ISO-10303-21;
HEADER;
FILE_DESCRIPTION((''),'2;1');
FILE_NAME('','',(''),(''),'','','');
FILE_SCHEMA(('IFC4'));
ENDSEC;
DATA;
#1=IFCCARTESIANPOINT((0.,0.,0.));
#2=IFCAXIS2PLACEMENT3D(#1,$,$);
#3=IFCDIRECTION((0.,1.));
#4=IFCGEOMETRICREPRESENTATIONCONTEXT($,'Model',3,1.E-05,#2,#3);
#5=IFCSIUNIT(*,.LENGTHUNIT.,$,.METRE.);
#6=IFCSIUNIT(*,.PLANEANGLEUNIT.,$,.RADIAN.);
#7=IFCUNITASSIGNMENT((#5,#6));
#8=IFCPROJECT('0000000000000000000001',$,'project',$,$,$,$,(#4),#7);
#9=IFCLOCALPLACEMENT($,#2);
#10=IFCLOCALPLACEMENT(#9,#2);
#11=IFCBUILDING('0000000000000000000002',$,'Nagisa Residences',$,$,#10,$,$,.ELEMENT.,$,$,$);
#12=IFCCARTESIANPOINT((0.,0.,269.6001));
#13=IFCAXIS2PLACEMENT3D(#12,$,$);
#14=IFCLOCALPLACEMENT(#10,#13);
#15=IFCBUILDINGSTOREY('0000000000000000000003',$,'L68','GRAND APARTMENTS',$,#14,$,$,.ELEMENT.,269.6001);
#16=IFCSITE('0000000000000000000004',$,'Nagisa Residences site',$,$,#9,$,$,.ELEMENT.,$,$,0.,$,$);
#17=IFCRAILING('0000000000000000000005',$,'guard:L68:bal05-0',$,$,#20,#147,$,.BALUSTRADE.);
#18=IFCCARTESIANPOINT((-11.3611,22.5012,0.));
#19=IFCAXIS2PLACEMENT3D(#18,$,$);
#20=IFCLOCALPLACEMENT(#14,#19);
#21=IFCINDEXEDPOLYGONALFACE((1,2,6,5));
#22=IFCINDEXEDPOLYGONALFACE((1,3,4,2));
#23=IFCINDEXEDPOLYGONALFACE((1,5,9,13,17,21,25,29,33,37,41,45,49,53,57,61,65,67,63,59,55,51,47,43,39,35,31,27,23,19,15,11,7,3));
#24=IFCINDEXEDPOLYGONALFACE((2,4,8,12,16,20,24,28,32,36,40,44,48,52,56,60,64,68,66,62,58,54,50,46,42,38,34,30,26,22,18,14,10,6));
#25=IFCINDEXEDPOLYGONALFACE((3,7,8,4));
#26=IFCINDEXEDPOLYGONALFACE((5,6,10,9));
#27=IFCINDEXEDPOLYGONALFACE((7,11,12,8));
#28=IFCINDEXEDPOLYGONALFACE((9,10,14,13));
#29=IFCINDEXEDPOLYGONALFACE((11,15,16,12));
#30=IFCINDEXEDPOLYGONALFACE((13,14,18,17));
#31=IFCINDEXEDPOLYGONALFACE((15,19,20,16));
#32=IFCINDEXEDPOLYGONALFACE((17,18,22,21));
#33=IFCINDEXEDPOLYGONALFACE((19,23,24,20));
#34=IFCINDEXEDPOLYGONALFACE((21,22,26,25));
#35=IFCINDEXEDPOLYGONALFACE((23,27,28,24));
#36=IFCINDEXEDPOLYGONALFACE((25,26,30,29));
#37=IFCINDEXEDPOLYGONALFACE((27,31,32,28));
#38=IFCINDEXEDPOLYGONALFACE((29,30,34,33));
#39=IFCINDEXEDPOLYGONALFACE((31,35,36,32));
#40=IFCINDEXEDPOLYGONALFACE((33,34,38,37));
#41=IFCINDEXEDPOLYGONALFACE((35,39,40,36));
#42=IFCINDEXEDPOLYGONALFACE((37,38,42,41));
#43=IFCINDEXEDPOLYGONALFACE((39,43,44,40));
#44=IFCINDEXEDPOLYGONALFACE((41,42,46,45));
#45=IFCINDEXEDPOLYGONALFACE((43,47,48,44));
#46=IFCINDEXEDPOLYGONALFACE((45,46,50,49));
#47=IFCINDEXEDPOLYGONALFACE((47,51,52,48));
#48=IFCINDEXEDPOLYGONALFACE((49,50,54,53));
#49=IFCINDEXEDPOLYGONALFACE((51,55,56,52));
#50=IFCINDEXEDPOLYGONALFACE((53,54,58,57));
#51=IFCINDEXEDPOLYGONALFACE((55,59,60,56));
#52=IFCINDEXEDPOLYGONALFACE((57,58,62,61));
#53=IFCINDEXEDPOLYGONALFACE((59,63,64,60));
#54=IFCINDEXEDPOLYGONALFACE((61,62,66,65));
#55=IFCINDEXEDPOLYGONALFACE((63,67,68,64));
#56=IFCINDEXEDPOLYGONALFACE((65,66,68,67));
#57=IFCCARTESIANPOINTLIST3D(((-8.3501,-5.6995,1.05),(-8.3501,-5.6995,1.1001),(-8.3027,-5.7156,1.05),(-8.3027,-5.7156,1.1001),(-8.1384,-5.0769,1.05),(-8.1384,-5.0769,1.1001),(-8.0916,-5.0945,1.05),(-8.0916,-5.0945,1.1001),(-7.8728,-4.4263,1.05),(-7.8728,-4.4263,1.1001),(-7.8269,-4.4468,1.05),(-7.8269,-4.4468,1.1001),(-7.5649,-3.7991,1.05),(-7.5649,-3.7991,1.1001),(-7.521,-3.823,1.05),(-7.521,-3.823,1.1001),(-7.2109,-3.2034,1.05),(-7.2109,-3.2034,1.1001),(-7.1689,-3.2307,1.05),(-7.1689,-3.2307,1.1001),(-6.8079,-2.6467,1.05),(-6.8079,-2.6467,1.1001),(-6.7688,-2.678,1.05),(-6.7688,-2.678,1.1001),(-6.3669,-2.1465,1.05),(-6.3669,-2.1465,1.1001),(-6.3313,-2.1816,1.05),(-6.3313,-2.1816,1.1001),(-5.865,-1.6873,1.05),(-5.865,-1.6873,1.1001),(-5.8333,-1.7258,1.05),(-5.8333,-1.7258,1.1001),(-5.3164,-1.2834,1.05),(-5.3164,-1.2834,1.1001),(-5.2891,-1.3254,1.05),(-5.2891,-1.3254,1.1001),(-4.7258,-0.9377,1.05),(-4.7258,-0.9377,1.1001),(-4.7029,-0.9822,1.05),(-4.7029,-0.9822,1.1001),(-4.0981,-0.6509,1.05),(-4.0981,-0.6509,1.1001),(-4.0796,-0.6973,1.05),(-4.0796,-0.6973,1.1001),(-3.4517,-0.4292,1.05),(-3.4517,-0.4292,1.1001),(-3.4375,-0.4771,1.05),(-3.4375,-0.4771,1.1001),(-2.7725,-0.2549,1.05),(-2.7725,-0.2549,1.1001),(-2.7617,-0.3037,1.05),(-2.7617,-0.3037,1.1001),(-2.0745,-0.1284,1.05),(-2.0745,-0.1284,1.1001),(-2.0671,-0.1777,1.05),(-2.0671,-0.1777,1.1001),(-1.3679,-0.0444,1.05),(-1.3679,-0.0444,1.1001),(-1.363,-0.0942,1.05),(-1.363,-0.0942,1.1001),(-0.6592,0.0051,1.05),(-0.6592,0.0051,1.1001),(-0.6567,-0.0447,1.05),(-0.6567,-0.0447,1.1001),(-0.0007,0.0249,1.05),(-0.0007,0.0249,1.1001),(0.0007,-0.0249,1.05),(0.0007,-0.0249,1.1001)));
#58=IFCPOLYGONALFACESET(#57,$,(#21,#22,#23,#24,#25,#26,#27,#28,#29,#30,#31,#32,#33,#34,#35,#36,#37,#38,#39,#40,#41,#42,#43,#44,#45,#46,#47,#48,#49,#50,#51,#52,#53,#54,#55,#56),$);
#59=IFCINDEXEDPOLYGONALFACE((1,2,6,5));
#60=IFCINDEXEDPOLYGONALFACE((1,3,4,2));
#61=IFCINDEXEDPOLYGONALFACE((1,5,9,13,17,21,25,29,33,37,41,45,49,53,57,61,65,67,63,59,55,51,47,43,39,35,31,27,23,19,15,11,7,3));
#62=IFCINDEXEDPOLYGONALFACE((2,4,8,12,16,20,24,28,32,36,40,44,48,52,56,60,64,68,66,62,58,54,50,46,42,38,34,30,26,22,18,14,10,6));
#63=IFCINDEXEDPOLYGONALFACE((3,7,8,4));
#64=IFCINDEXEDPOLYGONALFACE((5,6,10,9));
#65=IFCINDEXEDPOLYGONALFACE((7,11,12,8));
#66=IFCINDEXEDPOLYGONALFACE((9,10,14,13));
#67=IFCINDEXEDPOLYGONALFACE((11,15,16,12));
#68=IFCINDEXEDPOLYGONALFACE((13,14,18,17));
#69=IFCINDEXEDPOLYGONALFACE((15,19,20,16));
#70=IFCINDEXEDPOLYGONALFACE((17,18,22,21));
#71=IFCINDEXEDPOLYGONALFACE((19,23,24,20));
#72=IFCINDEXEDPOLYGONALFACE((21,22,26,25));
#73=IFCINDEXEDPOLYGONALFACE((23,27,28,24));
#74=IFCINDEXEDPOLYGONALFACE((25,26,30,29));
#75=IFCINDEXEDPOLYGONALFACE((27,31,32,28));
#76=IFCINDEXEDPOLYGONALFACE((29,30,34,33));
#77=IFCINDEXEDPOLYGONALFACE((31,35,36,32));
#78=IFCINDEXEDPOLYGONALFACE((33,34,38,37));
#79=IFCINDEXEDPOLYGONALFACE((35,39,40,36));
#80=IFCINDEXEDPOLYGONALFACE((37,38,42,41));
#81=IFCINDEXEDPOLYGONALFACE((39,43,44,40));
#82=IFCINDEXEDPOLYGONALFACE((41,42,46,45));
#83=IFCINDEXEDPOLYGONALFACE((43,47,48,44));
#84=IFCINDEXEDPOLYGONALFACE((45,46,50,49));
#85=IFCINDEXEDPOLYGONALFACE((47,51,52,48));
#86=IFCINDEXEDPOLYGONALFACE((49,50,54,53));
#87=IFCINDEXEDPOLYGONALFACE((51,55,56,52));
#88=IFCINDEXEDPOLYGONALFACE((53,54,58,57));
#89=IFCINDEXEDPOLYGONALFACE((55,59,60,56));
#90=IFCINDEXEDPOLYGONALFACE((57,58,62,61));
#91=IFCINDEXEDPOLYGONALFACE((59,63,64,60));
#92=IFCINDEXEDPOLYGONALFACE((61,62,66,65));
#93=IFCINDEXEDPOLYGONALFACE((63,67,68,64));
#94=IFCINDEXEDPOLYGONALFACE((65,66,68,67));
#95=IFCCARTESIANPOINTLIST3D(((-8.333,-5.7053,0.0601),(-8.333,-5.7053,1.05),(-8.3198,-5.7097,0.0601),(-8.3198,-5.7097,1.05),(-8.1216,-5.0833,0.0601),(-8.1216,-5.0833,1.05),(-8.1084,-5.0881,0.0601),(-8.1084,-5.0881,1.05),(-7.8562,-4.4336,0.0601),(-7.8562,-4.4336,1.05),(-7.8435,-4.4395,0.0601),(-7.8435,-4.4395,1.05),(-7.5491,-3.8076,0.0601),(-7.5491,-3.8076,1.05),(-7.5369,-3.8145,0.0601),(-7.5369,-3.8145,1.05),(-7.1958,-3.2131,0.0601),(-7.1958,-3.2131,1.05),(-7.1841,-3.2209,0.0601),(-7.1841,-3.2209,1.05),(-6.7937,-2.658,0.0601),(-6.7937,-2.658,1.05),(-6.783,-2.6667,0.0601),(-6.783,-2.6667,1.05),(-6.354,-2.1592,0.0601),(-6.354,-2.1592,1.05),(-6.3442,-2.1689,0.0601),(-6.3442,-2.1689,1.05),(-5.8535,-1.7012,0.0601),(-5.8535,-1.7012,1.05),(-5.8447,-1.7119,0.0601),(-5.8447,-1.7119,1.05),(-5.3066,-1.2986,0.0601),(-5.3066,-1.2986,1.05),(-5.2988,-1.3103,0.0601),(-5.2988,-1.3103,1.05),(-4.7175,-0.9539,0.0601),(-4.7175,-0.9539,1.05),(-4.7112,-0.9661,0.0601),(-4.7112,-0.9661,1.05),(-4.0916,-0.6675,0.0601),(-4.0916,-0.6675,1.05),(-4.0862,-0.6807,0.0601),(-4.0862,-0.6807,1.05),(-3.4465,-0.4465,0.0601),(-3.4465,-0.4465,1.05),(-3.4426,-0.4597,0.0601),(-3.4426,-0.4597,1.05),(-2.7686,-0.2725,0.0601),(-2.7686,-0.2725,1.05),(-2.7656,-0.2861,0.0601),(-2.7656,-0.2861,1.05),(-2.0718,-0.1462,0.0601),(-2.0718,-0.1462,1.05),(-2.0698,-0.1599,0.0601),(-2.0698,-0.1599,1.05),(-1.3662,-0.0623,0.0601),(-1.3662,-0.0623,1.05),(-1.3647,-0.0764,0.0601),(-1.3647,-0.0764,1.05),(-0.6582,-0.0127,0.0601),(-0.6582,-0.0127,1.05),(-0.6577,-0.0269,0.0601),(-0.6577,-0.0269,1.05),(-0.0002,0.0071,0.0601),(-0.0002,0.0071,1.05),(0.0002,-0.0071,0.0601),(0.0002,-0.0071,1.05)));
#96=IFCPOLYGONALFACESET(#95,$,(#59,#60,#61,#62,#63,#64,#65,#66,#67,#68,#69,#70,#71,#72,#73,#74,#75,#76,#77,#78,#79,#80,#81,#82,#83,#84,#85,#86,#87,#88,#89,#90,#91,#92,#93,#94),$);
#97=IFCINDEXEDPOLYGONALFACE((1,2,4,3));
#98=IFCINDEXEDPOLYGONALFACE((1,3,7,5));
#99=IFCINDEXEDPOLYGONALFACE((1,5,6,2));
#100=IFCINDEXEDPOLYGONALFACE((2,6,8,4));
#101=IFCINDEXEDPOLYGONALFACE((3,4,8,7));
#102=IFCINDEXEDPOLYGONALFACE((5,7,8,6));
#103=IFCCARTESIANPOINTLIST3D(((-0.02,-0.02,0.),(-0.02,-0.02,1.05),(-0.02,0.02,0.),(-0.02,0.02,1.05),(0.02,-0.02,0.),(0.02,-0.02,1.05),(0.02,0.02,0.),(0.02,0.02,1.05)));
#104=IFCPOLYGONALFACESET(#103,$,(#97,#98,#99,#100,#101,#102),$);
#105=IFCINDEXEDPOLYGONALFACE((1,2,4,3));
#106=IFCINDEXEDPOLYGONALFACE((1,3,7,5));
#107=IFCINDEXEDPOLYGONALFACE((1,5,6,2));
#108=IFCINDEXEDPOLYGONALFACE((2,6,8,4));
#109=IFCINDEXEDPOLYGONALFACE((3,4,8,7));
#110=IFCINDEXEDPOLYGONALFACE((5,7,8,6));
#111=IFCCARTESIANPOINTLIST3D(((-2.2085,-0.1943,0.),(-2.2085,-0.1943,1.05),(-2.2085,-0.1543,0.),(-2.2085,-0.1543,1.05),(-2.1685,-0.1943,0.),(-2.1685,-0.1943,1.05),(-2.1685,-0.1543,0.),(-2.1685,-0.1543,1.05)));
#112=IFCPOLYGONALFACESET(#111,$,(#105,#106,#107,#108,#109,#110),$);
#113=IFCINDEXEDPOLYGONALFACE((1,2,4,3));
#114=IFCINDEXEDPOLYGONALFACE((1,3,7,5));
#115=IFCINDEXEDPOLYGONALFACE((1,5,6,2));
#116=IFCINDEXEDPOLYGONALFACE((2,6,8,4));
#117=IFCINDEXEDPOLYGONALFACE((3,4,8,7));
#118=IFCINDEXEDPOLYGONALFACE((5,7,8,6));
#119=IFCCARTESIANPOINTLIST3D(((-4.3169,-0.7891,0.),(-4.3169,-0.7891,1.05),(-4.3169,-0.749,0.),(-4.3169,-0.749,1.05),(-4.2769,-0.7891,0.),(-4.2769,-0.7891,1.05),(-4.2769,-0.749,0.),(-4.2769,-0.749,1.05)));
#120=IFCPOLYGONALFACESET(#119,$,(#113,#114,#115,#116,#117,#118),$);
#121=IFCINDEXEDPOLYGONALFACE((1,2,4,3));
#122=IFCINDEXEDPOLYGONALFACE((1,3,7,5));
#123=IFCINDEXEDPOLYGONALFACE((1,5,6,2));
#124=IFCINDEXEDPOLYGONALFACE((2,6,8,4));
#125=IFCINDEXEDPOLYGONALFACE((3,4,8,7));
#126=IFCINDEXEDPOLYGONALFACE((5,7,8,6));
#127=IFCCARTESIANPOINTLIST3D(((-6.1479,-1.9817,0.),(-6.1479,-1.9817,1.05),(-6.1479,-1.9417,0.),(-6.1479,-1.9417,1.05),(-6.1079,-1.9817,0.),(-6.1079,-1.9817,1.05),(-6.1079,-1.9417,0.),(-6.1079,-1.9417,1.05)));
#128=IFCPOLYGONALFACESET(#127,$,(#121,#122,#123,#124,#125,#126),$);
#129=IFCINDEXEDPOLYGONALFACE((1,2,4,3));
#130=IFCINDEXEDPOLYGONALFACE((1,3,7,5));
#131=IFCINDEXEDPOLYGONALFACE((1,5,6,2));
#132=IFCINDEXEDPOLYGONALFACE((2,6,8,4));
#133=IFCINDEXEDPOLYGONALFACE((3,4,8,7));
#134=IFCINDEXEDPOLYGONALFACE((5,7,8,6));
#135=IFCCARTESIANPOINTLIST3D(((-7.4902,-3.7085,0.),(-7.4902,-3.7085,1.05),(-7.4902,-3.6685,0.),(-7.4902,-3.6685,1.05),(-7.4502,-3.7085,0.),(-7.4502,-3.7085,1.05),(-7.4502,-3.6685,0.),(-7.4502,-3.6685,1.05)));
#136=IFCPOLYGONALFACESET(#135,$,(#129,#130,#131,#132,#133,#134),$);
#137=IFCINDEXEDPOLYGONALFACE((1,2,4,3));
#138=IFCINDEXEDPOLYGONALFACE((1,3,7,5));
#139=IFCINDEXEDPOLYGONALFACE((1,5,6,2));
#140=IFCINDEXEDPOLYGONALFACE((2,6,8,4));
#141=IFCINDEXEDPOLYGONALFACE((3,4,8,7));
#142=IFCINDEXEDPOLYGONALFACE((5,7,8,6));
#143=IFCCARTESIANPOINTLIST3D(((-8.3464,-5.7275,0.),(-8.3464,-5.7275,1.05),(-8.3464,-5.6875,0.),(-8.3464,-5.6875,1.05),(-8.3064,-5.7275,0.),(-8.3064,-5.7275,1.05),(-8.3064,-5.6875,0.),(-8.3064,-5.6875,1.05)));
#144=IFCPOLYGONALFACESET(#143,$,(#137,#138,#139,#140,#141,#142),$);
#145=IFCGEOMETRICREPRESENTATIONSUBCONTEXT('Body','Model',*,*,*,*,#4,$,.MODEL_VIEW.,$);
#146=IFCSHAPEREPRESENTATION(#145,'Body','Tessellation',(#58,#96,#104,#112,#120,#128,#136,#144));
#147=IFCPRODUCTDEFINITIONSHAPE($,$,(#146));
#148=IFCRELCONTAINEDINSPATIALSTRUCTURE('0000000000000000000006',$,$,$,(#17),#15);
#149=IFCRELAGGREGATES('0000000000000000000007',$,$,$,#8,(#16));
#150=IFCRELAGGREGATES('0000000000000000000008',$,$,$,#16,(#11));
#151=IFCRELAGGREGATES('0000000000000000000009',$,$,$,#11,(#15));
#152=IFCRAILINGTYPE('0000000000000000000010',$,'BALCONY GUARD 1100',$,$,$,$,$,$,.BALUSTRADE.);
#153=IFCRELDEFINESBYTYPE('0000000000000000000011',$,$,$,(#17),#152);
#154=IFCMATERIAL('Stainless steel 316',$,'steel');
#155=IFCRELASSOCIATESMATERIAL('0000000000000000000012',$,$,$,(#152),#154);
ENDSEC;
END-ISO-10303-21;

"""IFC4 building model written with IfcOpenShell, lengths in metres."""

from ifc_helpers import new_model, si_unit, direction, frame, origin, origin_2d, place, context, subcontext, project, spatial, polyline, rectangle, outline, extrude, material, type_object, element, save


model = new_model("IFC4")

# Units and contexts
model_context = context("Model", 3, precision=1e-05, world=origin(), true_north=direction((0.0, 1.0)))
body_context = subcontext(model_context, "Body", "Model", "MODEL_VIEW")
ifc_project = project(units=[si_unit("LENGTHUNIT", "METRE"), si_unit("PLANEANGLEUNIT", "RADIAN")], contexts=[model_context])

# Site, building, storey
site_placement = place(None, origin())
site = spatial("IfcSite", under=ifc_project, at=site_placement, Name="Nagisa Residences site", CompositionType="ELEMENT", RefElevation=0.0)
building_placement = place(site_placement, origin())
building = spatial("IfcBuilding", under=site, at=building_placement, Name="Nagisa Residences", CompositionType="ELEMENT")
storey_placement = place(building_placement, frame((0.0, 0.0, 269.6001)))
storey = spatial("IfcBuildingStorey", under=building, at=storey_placement, Name="L68", Description="GRAND APARTMENTS", CompositionType="ELEMENT", Elevation=269.6001)

# Railing
ifc_material_1 = material(Name="Stainless steel 316", Category="steel")
railing_type = type_object("IfcRailingType", Name="BALCONY GUARD 1100", PredefinedType="BALUSTRADE", material=ifc_material_1)
railing_1_placement = place(storey_placement, frame((-11.3611, 22.5012, 0.0)))
element("IfcRailing", 1, at=railing_1_placement, inside=storey, type_object=railing_type, Name="guard:L68:bal05-0", PredefinedType="BALUSTRADE", context=body_context, shape_type="SweptSolid", body=[
    extrude(outline(polyline([(-0.6567, -0.0447), (0.0007, -0.0249), (-0.0007, 0.0249), (-0.6592, 0.0051), (-1.3679, -0.0444), (-2.0745, -0.1284), (-2.7725, -0.2549), (-3.4517, -0.4292), (-4.0981, -0.6509), (-4.7258, -0.9377), (-5.3164, -1.2834), (-5.865, -1.6873), (-6.3669, -2.1465), (-6.8079, -2.6467), (-7.2109, -3.2034), (-7.5649, -3.7991), (-7.8728, -4.4263), (-8.1384, -5.0769), (-8.3501, -5.6995), (-8.3027, -5.7156), (-8.0916, -5.0945), (-7.8269, -4.4468), (-7.521, -3.823), (-7.1689, -3.2307), (-6.7688, -2.678), (-6.3313, -2.1816), (-5.8333, -1.7258), (-5.2891, -1.3254), (-4.7029, -0.9822), (-4.0796, -0.6973), (-3.4375, -0.4771), (-2.7617, -0.3037), (-2.0671, -0.1777), (-1.363, -0.0942), (-0.6567, -0.0447)])), frame((0.0, 0.0, 1.05)), (0.0, 0.0, 1.0), 0.05),
    extrude(outline(polyline([(-0.6577, -0.0269), (0.0002, -0.0071), (-0.0002, 0.0071), (-0.6582, -0.0127), (-1.3662, -0.0623), (-2.0718, -0.1462), (-2.7686, -0.2725), (-3.4465, -0.4465), (-4.0916, -0.6675), (-4.7175, -0.9539), (-5.3066, -1.2986), (-5.8535, -1.7012), (-6.354, -2.1592), (-6.7937, -2.658), (-7.1958, -3.2131), (-7.5491, -3.8076), (-7.8562, -4.4336), (-8.1216, -5.0833), (-8.333, -5.7053), (-8.3198, -5.7097), (-8.1084, -5.0881), (-7.8435, -4.4395), (-7.5369, -3.8145), (-7.1841, -3.2209), (-6.783, -2.6667), (-6.3442, -2.1689), (-5.8447, -1.7119), (-5.2988, -1.3103), (-4.7112, -0.9661), (-4.0862, -0.6807), (-3.4426, -0.4597), (-2.7656, -0.2861), (-2.0698, -0.1599), (-1.3647, -0.0764), (-0.6577, -0.0269)])), frame((0.0, 0.0, 0.0601)), (0.0, 0.0, 1.0), 0.99),
    extrude(rectangle(XDim=0.04, YDim=0.04, at=origin_2d()), origin(), (0.0, 0.0, 1.0), 1.05),
    extrude(rectangle(XDim=0.04, YDim=0.04, at=origin_2d()), frame((-2.1885, -0.1743, 0.0)), (0.0, 0.0, 1.0), 1.05),
    extrude(rectangle(XDim=0.04, YDim=0.04, at=origin_2d()), frame((-4.2969, -0.769, 0.0)), (0.0, 0.0, 1.0), 1.05),
    extrude(rectangle(XDim=0.04, YDim=0.04, at=origin_2d()), frame((-6.1279, -1.9617, 0.0)), (0.0, 0.0, 1.0), 1.05),
    extrude(rectangle(XDim=0.04, YDim=0.04, at=origin_2d()), frame((-7.4702, -3.6885, 0.0)), (0.0, 0.0, 1.0), 1.05),
    extrude(rectangle(XDim=0.04, YDim=0.04, at=origin_2d()), frame((-8.3264, -5.7075, 0.0)), (0.0, 0.0, 1.0), 1.05),
])

save(model, "model.ifc")
